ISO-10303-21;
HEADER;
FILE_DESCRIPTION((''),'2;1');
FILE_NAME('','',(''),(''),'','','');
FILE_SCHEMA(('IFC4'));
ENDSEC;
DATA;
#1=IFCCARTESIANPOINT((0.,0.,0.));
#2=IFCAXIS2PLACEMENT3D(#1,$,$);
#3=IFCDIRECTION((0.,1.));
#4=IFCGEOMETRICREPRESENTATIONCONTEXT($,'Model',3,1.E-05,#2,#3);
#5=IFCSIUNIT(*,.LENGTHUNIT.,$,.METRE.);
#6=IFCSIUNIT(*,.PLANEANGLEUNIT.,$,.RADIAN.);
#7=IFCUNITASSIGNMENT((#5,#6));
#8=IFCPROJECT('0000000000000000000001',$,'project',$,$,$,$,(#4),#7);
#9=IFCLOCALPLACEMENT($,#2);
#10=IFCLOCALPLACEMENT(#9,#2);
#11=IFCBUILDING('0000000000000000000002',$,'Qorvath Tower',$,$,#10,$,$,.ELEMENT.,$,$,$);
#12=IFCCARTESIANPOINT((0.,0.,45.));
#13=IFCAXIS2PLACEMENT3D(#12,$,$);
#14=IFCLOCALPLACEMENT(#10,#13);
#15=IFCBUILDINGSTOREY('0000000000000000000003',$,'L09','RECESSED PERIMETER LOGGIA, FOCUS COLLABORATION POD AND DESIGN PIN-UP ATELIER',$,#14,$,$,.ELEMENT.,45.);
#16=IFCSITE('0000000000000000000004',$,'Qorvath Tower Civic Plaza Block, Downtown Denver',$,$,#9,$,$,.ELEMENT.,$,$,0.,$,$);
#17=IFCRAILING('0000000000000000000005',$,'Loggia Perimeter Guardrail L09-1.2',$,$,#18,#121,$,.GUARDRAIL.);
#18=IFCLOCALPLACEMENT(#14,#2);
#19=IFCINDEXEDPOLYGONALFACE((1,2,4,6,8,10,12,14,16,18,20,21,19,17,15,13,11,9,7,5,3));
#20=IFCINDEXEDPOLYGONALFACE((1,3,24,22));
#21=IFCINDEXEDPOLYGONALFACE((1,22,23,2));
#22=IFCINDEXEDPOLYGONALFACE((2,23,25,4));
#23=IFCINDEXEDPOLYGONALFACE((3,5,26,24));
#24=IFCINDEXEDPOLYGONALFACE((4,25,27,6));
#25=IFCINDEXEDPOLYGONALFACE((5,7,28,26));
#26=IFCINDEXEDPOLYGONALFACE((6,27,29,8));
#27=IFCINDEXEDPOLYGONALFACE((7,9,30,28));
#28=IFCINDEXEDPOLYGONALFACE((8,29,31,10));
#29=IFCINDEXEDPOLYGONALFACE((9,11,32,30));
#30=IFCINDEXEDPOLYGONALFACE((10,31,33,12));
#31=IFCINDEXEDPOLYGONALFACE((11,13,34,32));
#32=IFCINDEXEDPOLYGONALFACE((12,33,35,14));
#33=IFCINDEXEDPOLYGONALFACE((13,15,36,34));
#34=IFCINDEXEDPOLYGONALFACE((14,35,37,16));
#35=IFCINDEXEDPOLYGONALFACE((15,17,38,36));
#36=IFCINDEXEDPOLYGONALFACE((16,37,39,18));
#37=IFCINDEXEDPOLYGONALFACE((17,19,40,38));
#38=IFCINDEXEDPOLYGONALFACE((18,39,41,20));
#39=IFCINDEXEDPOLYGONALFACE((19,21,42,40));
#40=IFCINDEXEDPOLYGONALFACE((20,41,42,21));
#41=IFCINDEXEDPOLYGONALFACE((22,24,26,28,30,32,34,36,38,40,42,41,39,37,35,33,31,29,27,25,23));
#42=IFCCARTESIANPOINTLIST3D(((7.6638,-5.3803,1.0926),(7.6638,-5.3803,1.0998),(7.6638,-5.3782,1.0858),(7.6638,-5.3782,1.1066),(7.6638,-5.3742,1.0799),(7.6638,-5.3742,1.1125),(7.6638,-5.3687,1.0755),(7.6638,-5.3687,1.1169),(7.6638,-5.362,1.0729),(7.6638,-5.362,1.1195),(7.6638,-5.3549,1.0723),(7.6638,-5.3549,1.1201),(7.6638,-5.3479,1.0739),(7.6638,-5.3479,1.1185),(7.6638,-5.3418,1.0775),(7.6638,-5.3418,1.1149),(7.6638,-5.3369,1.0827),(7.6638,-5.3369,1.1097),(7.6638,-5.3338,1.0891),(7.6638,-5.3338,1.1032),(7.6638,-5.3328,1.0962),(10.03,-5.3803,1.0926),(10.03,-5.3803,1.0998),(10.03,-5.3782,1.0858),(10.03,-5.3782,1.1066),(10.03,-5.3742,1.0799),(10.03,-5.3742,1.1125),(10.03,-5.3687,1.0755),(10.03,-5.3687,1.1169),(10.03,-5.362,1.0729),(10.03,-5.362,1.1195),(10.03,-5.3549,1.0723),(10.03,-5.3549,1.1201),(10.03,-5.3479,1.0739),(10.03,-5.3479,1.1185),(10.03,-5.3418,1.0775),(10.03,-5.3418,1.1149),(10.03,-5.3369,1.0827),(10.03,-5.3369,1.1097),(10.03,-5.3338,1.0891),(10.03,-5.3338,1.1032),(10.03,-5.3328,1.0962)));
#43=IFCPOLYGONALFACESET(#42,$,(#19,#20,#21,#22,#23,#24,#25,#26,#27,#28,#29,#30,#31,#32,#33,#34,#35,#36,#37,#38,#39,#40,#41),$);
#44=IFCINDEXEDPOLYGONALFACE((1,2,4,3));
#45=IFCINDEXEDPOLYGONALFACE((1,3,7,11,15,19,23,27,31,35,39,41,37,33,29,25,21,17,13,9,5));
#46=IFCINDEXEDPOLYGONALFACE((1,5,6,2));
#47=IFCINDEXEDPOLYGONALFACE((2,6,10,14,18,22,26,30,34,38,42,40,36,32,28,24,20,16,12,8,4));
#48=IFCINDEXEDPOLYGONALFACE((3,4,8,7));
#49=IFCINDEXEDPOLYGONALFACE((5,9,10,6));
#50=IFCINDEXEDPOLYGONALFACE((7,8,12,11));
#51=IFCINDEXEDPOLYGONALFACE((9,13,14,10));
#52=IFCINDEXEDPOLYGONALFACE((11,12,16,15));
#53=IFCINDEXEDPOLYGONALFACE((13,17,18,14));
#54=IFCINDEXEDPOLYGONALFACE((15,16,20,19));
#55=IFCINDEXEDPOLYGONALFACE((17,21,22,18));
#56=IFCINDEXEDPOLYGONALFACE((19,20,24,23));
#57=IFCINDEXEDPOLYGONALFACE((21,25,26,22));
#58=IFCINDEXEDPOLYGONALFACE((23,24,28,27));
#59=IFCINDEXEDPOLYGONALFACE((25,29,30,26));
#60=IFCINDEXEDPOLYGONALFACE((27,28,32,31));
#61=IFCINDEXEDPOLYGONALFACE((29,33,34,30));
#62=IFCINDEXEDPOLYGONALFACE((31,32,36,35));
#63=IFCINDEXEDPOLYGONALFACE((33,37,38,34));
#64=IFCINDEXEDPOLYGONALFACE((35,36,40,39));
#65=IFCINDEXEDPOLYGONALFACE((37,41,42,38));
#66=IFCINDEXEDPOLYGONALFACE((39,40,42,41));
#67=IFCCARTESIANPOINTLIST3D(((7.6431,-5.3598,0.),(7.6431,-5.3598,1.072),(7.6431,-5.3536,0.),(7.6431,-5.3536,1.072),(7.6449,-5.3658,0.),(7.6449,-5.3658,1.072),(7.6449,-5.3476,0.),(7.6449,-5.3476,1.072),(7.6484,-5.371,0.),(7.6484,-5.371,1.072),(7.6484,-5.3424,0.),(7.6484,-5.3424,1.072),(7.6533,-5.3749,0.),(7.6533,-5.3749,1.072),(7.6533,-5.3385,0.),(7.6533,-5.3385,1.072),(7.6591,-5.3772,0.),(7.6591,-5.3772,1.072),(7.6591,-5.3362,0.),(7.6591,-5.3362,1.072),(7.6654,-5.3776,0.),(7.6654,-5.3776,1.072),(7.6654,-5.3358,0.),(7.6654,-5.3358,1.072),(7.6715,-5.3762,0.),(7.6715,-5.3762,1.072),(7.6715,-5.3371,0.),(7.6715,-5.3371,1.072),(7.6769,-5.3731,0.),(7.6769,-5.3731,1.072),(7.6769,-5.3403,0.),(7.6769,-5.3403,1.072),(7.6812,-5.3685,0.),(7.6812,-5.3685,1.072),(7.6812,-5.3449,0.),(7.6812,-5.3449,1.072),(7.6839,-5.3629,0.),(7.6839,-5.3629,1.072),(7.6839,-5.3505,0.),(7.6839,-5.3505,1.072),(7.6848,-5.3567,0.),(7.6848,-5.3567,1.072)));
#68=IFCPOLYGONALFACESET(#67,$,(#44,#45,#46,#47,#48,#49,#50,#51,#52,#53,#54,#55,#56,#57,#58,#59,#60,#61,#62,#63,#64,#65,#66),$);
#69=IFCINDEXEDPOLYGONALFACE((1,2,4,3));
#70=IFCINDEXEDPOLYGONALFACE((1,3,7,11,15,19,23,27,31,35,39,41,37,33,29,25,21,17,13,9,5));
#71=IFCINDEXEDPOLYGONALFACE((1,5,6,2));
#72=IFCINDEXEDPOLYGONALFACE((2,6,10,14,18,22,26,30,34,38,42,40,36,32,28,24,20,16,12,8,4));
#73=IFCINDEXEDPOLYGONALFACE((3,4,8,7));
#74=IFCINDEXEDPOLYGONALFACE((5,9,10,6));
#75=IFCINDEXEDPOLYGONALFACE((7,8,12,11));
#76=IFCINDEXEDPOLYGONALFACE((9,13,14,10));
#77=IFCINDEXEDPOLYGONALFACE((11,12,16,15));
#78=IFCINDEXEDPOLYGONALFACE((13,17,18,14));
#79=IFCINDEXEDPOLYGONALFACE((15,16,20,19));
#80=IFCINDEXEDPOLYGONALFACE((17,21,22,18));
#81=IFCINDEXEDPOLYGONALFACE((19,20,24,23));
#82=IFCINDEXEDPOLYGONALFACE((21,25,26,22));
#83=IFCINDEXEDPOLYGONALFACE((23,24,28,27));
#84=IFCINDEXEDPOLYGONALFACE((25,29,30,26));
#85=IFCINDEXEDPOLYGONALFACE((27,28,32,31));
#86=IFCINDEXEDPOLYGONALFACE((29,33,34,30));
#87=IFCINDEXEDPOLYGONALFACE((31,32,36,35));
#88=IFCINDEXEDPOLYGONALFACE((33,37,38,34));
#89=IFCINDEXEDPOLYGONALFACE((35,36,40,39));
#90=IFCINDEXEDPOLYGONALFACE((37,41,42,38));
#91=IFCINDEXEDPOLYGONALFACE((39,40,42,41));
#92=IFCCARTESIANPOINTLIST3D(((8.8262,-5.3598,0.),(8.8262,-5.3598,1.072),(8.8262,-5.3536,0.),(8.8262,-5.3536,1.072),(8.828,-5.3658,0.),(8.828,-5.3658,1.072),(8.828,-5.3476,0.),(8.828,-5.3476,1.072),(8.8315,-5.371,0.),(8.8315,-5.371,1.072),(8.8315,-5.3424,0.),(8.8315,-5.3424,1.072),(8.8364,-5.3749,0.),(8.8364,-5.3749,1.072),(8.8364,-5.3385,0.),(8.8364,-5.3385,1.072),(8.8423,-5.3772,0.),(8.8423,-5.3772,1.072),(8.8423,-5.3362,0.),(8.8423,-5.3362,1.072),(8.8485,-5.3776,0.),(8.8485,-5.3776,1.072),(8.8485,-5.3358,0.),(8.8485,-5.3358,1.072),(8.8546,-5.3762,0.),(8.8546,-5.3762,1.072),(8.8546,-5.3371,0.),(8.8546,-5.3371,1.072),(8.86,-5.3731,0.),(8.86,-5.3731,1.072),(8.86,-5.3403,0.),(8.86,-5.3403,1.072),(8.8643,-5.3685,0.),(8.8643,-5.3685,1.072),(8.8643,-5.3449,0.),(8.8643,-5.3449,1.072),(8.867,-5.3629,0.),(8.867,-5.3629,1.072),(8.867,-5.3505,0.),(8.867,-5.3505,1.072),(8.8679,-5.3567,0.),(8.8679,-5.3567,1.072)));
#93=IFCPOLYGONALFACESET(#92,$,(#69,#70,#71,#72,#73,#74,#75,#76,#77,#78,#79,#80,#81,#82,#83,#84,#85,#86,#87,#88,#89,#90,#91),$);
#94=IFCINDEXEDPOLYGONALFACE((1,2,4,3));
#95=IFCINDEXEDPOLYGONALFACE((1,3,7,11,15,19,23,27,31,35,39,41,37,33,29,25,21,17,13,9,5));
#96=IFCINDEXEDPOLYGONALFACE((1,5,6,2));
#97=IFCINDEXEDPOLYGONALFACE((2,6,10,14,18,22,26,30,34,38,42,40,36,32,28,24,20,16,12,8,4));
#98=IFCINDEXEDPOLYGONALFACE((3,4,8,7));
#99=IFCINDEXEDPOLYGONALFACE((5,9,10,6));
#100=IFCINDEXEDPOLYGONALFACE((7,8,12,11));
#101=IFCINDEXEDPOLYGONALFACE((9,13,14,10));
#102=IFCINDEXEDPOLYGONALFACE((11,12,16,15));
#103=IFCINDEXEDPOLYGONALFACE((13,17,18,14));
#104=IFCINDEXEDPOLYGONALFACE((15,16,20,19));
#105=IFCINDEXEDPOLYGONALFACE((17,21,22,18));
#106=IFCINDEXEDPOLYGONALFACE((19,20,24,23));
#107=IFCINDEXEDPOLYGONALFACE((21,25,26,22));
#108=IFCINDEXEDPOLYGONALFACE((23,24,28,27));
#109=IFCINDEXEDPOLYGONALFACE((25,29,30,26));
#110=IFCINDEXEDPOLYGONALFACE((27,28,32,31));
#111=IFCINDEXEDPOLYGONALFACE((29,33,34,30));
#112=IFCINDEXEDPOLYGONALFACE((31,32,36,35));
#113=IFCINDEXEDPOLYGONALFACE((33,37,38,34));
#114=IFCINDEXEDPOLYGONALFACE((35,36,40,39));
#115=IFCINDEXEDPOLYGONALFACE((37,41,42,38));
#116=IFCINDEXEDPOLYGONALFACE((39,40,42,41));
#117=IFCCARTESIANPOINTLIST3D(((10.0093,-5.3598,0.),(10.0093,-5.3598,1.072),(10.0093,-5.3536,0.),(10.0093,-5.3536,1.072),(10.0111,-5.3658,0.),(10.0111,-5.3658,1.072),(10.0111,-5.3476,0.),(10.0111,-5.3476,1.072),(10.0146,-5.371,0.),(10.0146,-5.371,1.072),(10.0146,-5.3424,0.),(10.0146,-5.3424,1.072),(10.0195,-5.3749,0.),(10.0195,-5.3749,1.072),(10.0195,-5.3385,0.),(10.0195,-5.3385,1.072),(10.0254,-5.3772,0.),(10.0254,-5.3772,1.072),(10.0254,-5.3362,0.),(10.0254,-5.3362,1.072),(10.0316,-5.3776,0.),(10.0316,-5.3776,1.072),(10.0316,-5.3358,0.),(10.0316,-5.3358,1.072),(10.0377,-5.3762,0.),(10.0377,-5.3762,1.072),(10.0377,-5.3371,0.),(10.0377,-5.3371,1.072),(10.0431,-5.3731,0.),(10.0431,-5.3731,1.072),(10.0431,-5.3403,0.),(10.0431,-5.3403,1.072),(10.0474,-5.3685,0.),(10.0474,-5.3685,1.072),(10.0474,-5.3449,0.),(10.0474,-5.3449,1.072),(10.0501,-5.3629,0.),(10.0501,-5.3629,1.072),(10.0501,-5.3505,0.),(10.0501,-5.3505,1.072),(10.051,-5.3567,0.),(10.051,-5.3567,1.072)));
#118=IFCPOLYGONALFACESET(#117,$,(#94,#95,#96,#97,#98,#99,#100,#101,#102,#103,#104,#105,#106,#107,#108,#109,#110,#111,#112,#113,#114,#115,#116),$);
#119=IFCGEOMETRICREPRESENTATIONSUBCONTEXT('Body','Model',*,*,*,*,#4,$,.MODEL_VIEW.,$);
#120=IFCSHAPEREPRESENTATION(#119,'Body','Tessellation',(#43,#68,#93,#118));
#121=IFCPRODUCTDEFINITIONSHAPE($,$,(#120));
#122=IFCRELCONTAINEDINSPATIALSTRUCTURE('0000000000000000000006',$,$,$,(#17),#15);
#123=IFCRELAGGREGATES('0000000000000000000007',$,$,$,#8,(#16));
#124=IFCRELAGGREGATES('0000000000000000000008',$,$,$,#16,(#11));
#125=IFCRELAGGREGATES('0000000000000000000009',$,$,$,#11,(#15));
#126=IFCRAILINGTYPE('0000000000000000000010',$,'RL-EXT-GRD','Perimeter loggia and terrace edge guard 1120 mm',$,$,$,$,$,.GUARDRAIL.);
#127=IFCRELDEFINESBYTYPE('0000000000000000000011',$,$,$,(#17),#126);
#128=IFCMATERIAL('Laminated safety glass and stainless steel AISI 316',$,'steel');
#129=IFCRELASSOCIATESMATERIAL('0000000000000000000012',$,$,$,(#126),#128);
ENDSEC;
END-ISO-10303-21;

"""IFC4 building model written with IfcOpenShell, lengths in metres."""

from ifc_helpers import new_model, si_unit, direction, frame, origin, origin_2d, place, context, subcontext, project, spatial, circle, extrude, material, type_object, element, save


model = new_model("IFC4")

# Units and contexts
model_context = context("Model", 3, precision=1e-05, world=origin(), true_north=direction((0.0, 1.0)))
body_context = subcontext(model_context, "Body", "Model", "MODEL_VIEW")
ifc_project = project(units=[si_unit("LENGTHUNIT", "METRE"), si_unit("PLANEANGLEUNIT", "RADIAN")], contexts=[model_context])

# Site, building, storey
site_placement = place(None, origin())
site = spatial("IfcSite", under=ifc_project, at=site_placement, Name="Qorvath Tower Civic Plaza Block, Downtown Denver", CompositionType="ELEMENT", RefElevation=0.0)
building_placement = place(site_placement, origin())
building = spatial("IfcBuilding", under=site, at=building_placement, Name="Qorvath Tower", CompositionType="ELEMENT")
storey_placement = place(building_placement, frame((0.0, 0.0, 45.0)))
storey = spatial("IfcBuildingStorey", under=building, at=storey_placement, Name="L09", Description="RECESSED PERIMETER LOGGIA, FOCUS COLLABORATION POD AND DESIGN PIN-UP ATELIER", CompositionType="ELEMENT", Elevation=45.0)

# Railing
ifc_material_1 = material(Name="Laminated safety glass and stainless steel AISI 316", Category="steel")
railing_type = type_object("IfcRailingType", Name="RL-EXT-GRD", Description="Perimeter loggia and terrace edge guard 1120 mm", PredefinedType="GUARDRAIL", material=ifc_material_1)
railing_1_placement = place(storey_placement, frame((7.6638, -5.3567, 0.0)))
element("IfcRailing", 1, at=railing_1_placement, inside=storey, type_object=railing_type, Name="Loggia Perimeter Guardrail L09-1.2", PredefinedType="GUARDRAIL", context=body_context, shape_type="SweptSolid", body=[
    extrude(circle(Radius=0.0239, at=origin_2d()), frame((0.0, 0.0, 1.0962), z_axis=(1.0, 0.0, 0.0), x_axis=(0.0, 1.0, 0.0)), (0.0, 0.0, 1.0), 2.3662),
    extrude(circle(Radius=0.021, at=origin_2d()), origin(), (0.0, 0.0, 1.0), 1.072),
    extrude(circle(Radius=0.021, at=origin_2d()), frame((1.1831, 0.0, 0.0)), (0.0, 0.0, 1.0), 1.072),
    extrude(circle(Radius=0.021, at=origin_2d()), frame((2.3662, 0.0, 0.0)), (0.0, 0.0, 1.0), 1.072),
])

save(model, "model.ifc")
